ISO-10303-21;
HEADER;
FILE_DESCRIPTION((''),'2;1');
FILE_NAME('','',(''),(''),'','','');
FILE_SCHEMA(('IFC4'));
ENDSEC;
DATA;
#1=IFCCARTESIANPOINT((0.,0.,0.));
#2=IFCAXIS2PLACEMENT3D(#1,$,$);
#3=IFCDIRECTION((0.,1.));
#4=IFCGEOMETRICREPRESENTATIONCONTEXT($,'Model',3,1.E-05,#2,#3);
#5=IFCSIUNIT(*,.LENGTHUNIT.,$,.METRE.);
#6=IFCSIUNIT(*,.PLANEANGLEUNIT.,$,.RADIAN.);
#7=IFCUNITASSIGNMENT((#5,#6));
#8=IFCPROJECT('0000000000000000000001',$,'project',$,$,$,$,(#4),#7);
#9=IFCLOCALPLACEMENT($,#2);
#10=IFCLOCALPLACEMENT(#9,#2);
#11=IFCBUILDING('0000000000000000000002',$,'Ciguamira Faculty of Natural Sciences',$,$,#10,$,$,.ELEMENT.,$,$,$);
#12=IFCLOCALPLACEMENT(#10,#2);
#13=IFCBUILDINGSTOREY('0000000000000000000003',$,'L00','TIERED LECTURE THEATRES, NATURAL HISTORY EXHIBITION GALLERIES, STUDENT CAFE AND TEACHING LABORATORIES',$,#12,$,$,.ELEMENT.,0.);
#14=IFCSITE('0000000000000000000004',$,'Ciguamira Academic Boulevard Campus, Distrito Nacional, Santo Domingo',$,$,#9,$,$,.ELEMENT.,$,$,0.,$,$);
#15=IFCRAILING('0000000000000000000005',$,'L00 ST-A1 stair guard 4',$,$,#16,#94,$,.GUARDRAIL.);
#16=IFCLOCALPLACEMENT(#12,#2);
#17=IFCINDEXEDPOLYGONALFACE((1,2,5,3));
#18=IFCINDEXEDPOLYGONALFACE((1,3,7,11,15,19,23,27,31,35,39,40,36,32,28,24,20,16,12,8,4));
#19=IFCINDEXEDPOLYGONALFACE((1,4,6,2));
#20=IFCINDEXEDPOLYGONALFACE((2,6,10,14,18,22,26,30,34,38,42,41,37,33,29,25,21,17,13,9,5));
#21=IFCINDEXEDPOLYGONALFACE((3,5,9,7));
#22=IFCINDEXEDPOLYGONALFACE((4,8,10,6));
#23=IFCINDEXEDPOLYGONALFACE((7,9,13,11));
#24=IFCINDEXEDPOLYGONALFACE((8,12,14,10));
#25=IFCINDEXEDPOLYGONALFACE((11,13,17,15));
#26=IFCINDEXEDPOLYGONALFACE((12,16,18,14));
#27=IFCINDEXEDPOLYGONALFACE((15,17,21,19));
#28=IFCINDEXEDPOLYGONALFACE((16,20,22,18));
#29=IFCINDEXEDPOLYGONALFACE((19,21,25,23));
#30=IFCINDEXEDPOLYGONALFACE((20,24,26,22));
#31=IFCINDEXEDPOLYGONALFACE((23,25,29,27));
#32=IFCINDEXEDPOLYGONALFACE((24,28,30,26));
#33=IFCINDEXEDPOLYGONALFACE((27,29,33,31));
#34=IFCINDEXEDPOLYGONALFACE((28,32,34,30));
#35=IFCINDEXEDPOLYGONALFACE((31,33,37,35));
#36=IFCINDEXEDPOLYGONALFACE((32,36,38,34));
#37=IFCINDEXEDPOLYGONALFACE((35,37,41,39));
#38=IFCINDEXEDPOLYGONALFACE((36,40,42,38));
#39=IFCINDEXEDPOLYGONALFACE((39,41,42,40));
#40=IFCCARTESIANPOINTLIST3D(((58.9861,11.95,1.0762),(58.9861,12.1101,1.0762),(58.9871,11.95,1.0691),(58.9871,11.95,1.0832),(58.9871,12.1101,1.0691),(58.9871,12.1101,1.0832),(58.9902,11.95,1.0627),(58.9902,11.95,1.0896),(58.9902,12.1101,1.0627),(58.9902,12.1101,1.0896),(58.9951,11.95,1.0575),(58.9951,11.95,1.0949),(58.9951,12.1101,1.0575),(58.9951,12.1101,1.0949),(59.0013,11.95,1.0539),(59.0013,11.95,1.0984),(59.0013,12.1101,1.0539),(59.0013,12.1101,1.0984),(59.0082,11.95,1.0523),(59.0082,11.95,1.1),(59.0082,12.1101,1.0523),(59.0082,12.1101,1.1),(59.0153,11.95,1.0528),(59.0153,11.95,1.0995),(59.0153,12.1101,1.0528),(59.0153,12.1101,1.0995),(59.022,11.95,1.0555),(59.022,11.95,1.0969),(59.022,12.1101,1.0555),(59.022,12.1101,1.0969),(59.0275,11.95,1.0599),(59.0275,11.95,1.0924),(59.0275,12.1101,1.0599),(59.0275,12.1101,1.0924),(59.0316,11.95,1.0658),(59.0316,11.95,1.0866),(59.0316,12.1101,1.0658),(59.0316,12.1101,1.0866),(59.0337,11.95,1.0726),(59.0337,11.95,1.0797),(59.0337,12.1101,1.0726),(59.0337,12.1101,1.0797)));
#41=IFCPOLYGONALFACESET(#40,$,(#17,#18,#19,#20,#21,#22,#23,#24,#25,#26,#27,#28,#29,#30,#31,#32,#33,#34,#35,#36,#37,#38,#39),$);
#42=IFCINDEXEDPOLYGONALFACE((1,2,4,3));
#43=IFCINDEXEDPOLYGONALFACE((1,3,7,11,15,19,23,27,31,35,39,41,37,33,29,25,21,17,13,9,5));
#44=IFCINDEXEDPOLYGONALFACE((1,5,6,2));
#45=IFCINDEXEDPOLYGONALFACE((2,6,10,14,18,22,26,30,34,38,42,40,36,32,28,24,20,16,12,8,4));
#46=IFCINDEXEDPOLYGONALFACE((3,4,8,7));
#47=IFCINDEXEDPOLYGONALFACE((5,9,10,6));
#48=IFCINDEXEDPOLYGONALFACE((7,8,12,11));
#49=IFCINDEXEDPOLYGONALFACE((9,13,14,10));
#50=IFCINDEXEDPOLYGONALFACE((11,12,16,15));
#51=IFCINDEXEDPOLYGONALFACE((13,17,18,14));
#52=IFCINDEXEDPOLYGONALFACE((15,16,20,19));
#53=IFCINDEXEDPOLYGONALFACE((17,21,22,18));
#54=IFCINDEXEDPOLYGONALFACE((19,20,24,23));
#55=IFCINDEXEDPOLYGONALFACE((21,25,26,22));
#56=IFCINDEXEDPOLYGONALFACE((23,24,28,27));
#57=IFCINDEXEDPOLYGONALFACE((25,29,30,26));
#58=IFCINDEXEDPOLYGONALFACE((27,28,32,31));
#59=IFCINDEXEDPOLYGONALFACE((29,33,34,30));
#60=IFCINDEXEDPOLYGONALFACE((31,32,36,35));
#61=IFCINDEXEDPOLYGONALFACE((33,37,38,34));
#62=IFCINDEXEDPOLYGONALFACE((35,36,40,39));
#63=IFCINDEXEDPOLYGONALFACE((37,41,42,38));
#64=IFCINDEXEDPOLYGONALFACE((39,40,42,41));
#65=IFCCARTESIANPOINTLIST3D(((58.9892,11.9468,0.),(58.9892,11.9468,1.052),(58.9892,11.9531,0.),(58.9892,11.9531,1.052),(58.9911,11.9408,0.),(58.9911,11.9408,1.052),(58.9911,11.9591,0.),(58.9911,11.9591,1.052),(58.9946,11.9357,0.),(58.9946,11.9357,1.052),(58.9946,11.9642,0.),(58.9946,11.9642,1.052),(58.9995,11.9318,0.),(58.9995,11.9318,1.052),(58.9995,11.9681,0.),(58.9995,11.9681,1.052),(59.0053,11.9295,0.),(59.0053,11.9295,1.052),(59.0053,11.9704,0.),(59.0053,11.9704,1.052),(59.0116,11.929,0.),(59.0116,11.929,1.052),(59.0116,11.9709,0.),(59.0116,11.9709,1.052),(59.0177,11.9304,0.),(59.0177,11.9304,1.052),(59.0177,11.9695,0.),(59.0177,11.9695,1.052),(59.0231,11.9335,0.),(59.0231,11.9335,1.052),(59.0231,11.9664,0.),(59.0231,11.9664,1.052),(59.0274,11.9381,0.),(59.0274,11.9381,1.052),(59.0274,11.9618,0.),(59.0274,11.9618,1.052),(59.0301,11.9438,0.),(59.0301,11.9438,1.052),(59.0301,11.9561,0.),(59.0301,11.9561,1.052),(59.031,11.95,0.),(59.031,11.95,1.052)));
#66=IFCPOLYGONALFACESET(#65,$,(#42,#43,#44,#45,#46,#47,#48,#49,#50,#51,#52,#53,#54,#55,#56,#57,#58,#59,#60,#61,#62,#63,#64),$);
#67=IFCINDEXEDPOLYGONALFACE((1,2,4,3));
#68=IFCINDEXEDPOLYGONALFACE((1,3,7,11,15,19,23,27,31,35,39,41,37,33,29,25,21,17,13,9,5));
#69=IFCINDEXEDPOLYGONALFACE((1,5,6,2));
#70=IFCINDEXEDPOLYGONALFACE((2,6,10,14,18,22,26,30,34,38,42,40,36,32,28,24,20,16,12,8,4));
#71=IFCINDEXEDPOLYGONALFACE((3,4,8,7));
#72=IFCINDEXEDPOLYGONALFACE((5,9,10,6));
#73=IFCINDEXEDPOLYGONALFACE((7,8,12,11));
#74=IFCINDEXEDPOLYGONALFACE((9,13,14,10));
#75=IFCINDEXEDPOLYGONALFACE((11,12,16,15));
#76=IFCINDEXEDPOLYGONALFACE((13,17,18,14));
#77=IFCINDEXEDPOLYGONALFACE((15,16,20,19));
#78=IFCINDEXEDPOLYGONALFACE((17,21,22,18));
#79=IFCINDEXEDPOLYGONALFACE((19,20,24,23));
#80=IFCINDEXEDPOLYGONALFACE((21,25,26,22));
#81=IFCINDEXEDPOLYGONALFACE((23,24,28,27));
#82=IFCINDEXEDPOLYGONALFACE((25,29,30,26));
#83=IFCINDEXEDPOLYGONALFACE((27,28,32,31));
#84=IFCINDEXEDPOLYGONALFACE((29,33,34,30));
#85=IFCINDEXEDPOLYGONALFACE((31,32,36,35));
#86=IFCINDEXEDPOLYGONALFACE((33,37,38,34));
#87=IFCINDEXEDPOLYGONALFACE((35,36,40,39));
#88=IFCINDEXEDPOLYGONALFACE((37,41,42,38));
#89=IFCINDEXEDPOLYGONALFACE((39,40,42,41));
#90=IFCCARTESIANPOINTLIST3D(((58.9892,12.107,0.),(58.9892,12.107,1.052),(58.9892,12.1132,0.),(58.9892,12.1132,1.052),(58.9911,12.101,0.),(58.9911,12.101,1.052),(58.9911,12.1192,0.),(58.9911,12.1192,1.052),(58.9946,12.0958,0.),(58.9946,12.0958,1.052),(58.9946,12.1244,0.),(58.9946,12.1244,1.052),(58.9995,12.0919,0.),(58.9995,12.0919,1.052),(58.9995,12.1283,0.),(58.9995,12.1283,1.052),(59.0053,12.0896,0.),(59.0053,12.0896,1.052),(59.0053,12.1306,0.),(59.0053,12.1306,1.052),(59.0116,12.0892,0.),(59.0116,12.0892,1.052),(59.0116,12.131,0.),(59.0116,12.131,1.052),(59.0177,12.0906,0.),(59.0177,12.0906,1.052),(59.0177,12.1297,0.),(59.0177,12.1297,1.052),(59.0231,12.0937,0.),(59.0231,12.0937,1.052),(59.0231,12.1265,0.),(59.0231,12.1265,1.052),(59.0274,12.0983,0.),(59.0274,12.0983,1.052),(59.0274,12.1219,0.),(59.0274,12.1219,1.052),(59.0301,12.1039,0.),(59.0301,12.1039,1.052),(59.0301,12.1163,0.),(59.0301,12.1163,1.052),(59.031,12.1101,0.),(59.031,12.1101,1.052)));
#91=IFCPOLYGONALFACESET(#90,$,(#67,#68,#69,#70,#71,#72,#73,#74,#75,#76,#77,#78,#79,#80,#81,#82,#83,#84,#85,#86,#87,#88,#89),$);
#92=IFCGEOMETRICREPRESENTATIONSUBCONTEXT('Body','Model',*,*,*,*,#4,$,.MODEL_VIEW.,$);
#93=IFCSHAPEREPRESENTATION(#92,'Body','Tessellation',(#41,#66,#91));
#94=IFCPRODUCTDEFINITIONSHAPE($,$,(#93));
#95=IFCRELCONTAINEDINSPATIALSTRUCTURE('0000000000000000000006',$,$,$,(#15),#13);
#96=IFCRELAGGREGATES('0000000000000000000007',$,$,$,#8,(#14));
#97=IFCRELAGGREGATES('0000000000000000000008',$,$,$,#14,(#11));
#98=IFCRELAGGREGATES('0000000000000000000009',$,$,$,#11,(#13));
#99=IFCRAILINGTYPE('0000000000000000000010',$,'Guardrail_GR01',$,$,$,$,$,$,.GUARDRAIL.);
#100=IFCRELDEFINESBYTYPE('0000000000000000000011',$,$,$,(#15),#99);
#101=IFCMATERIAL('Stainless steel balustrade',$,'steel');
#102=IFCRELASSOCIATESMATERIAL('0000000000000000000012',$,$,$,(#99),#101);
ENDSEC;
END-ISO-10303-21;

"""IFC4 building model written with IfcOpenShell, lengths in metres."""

from ifc_helpers import new_model, si_unit, direction, frame, origin, origin_2d, place, context, subcontext, project, spatial, circle, extrude, material, type_object, element, save


model = new_model("IFC4")

# Units and contexts
model_context = context("Model", 3, precision=1e-05, world=origin(), true_north=direction((0.0, 1.0)))
body_context = subcontext(model_context, "Body", "Model", "MODEL_VIEW")
ifc_project = project(units=[si_unit("LENGTHUNIT", "METRE"), si_unit("PLANEANGLEUNIT", "RADIAN")], contexts=[model_context])

# Site, building, storey
site_placement = place(None, origin())
site = spatial("IfcSite", under=ifc_project, at=site_placement, Name="Ciguamira Academic Boulevard Campus, Distrito Nacional, Santo Domingo", CompositionType="ELEMENT", RefElevation=0.0)
building_placement = place(site_placement, origin())
building = spatial("IfcBuilding", under=site, at=building_placement, Name="Ciguamira Faculty of Natural Sciences", CompositionType="ELEMENT")
storey_placement = place(building_placement, origin())
storey = spatial("IfcBuildingStorey", under=building, at=storey_placement, Name="L00", Description="TIERED LECTURE THEATRES, NATURAL HISTORY EXHIBITION GALLERIES, STUDENT CAFE AND TEACHING LABORATORIES", CompositionType="ELEMENT", Elevation=0.0)

# Railing
ifc_material_1 = material(Name="Stainless steel balustrade", Category="steel")
railing_type_1 = type_object("IfcRailingType", Name="Guardrail_GR01", PredefinedType="GUARDRAIL", material=ifc_material_1)
railing_1_placement = place(storey_placement, frame((59.01, 11.95, 0.0)))
element("IfcRailing", 1, at=railing_1_placement, inside=storey, type_object=railing_type_1, Name="L00 ST-A1 stair guard 4", PredefinedType="GUARDRAIL", context=body_context, shape_type="SweptSolid", body=[
    extrude(circle(Radius=0.0239, at=origin_2d()), frame((0.0, 0.0, 1.0762), z_axis=(0.0, 1.0, 0.0), x_axis=(-1.0, 0.0, 0.0)), (0.0, 0.0, 1.0), 0.1602),
    extrude(circle(Radius=0.021, at=origin_2d()), origin(), (0.0, 0.0, 1.0), 1.052),
    extrude(circle(Radius=0.021, at=origin_2d()), frame((0.0, 0.1602, 0.0)), (0.0, 0.0, 1.0), 1.052),
])

save(model, "model.ifc")
